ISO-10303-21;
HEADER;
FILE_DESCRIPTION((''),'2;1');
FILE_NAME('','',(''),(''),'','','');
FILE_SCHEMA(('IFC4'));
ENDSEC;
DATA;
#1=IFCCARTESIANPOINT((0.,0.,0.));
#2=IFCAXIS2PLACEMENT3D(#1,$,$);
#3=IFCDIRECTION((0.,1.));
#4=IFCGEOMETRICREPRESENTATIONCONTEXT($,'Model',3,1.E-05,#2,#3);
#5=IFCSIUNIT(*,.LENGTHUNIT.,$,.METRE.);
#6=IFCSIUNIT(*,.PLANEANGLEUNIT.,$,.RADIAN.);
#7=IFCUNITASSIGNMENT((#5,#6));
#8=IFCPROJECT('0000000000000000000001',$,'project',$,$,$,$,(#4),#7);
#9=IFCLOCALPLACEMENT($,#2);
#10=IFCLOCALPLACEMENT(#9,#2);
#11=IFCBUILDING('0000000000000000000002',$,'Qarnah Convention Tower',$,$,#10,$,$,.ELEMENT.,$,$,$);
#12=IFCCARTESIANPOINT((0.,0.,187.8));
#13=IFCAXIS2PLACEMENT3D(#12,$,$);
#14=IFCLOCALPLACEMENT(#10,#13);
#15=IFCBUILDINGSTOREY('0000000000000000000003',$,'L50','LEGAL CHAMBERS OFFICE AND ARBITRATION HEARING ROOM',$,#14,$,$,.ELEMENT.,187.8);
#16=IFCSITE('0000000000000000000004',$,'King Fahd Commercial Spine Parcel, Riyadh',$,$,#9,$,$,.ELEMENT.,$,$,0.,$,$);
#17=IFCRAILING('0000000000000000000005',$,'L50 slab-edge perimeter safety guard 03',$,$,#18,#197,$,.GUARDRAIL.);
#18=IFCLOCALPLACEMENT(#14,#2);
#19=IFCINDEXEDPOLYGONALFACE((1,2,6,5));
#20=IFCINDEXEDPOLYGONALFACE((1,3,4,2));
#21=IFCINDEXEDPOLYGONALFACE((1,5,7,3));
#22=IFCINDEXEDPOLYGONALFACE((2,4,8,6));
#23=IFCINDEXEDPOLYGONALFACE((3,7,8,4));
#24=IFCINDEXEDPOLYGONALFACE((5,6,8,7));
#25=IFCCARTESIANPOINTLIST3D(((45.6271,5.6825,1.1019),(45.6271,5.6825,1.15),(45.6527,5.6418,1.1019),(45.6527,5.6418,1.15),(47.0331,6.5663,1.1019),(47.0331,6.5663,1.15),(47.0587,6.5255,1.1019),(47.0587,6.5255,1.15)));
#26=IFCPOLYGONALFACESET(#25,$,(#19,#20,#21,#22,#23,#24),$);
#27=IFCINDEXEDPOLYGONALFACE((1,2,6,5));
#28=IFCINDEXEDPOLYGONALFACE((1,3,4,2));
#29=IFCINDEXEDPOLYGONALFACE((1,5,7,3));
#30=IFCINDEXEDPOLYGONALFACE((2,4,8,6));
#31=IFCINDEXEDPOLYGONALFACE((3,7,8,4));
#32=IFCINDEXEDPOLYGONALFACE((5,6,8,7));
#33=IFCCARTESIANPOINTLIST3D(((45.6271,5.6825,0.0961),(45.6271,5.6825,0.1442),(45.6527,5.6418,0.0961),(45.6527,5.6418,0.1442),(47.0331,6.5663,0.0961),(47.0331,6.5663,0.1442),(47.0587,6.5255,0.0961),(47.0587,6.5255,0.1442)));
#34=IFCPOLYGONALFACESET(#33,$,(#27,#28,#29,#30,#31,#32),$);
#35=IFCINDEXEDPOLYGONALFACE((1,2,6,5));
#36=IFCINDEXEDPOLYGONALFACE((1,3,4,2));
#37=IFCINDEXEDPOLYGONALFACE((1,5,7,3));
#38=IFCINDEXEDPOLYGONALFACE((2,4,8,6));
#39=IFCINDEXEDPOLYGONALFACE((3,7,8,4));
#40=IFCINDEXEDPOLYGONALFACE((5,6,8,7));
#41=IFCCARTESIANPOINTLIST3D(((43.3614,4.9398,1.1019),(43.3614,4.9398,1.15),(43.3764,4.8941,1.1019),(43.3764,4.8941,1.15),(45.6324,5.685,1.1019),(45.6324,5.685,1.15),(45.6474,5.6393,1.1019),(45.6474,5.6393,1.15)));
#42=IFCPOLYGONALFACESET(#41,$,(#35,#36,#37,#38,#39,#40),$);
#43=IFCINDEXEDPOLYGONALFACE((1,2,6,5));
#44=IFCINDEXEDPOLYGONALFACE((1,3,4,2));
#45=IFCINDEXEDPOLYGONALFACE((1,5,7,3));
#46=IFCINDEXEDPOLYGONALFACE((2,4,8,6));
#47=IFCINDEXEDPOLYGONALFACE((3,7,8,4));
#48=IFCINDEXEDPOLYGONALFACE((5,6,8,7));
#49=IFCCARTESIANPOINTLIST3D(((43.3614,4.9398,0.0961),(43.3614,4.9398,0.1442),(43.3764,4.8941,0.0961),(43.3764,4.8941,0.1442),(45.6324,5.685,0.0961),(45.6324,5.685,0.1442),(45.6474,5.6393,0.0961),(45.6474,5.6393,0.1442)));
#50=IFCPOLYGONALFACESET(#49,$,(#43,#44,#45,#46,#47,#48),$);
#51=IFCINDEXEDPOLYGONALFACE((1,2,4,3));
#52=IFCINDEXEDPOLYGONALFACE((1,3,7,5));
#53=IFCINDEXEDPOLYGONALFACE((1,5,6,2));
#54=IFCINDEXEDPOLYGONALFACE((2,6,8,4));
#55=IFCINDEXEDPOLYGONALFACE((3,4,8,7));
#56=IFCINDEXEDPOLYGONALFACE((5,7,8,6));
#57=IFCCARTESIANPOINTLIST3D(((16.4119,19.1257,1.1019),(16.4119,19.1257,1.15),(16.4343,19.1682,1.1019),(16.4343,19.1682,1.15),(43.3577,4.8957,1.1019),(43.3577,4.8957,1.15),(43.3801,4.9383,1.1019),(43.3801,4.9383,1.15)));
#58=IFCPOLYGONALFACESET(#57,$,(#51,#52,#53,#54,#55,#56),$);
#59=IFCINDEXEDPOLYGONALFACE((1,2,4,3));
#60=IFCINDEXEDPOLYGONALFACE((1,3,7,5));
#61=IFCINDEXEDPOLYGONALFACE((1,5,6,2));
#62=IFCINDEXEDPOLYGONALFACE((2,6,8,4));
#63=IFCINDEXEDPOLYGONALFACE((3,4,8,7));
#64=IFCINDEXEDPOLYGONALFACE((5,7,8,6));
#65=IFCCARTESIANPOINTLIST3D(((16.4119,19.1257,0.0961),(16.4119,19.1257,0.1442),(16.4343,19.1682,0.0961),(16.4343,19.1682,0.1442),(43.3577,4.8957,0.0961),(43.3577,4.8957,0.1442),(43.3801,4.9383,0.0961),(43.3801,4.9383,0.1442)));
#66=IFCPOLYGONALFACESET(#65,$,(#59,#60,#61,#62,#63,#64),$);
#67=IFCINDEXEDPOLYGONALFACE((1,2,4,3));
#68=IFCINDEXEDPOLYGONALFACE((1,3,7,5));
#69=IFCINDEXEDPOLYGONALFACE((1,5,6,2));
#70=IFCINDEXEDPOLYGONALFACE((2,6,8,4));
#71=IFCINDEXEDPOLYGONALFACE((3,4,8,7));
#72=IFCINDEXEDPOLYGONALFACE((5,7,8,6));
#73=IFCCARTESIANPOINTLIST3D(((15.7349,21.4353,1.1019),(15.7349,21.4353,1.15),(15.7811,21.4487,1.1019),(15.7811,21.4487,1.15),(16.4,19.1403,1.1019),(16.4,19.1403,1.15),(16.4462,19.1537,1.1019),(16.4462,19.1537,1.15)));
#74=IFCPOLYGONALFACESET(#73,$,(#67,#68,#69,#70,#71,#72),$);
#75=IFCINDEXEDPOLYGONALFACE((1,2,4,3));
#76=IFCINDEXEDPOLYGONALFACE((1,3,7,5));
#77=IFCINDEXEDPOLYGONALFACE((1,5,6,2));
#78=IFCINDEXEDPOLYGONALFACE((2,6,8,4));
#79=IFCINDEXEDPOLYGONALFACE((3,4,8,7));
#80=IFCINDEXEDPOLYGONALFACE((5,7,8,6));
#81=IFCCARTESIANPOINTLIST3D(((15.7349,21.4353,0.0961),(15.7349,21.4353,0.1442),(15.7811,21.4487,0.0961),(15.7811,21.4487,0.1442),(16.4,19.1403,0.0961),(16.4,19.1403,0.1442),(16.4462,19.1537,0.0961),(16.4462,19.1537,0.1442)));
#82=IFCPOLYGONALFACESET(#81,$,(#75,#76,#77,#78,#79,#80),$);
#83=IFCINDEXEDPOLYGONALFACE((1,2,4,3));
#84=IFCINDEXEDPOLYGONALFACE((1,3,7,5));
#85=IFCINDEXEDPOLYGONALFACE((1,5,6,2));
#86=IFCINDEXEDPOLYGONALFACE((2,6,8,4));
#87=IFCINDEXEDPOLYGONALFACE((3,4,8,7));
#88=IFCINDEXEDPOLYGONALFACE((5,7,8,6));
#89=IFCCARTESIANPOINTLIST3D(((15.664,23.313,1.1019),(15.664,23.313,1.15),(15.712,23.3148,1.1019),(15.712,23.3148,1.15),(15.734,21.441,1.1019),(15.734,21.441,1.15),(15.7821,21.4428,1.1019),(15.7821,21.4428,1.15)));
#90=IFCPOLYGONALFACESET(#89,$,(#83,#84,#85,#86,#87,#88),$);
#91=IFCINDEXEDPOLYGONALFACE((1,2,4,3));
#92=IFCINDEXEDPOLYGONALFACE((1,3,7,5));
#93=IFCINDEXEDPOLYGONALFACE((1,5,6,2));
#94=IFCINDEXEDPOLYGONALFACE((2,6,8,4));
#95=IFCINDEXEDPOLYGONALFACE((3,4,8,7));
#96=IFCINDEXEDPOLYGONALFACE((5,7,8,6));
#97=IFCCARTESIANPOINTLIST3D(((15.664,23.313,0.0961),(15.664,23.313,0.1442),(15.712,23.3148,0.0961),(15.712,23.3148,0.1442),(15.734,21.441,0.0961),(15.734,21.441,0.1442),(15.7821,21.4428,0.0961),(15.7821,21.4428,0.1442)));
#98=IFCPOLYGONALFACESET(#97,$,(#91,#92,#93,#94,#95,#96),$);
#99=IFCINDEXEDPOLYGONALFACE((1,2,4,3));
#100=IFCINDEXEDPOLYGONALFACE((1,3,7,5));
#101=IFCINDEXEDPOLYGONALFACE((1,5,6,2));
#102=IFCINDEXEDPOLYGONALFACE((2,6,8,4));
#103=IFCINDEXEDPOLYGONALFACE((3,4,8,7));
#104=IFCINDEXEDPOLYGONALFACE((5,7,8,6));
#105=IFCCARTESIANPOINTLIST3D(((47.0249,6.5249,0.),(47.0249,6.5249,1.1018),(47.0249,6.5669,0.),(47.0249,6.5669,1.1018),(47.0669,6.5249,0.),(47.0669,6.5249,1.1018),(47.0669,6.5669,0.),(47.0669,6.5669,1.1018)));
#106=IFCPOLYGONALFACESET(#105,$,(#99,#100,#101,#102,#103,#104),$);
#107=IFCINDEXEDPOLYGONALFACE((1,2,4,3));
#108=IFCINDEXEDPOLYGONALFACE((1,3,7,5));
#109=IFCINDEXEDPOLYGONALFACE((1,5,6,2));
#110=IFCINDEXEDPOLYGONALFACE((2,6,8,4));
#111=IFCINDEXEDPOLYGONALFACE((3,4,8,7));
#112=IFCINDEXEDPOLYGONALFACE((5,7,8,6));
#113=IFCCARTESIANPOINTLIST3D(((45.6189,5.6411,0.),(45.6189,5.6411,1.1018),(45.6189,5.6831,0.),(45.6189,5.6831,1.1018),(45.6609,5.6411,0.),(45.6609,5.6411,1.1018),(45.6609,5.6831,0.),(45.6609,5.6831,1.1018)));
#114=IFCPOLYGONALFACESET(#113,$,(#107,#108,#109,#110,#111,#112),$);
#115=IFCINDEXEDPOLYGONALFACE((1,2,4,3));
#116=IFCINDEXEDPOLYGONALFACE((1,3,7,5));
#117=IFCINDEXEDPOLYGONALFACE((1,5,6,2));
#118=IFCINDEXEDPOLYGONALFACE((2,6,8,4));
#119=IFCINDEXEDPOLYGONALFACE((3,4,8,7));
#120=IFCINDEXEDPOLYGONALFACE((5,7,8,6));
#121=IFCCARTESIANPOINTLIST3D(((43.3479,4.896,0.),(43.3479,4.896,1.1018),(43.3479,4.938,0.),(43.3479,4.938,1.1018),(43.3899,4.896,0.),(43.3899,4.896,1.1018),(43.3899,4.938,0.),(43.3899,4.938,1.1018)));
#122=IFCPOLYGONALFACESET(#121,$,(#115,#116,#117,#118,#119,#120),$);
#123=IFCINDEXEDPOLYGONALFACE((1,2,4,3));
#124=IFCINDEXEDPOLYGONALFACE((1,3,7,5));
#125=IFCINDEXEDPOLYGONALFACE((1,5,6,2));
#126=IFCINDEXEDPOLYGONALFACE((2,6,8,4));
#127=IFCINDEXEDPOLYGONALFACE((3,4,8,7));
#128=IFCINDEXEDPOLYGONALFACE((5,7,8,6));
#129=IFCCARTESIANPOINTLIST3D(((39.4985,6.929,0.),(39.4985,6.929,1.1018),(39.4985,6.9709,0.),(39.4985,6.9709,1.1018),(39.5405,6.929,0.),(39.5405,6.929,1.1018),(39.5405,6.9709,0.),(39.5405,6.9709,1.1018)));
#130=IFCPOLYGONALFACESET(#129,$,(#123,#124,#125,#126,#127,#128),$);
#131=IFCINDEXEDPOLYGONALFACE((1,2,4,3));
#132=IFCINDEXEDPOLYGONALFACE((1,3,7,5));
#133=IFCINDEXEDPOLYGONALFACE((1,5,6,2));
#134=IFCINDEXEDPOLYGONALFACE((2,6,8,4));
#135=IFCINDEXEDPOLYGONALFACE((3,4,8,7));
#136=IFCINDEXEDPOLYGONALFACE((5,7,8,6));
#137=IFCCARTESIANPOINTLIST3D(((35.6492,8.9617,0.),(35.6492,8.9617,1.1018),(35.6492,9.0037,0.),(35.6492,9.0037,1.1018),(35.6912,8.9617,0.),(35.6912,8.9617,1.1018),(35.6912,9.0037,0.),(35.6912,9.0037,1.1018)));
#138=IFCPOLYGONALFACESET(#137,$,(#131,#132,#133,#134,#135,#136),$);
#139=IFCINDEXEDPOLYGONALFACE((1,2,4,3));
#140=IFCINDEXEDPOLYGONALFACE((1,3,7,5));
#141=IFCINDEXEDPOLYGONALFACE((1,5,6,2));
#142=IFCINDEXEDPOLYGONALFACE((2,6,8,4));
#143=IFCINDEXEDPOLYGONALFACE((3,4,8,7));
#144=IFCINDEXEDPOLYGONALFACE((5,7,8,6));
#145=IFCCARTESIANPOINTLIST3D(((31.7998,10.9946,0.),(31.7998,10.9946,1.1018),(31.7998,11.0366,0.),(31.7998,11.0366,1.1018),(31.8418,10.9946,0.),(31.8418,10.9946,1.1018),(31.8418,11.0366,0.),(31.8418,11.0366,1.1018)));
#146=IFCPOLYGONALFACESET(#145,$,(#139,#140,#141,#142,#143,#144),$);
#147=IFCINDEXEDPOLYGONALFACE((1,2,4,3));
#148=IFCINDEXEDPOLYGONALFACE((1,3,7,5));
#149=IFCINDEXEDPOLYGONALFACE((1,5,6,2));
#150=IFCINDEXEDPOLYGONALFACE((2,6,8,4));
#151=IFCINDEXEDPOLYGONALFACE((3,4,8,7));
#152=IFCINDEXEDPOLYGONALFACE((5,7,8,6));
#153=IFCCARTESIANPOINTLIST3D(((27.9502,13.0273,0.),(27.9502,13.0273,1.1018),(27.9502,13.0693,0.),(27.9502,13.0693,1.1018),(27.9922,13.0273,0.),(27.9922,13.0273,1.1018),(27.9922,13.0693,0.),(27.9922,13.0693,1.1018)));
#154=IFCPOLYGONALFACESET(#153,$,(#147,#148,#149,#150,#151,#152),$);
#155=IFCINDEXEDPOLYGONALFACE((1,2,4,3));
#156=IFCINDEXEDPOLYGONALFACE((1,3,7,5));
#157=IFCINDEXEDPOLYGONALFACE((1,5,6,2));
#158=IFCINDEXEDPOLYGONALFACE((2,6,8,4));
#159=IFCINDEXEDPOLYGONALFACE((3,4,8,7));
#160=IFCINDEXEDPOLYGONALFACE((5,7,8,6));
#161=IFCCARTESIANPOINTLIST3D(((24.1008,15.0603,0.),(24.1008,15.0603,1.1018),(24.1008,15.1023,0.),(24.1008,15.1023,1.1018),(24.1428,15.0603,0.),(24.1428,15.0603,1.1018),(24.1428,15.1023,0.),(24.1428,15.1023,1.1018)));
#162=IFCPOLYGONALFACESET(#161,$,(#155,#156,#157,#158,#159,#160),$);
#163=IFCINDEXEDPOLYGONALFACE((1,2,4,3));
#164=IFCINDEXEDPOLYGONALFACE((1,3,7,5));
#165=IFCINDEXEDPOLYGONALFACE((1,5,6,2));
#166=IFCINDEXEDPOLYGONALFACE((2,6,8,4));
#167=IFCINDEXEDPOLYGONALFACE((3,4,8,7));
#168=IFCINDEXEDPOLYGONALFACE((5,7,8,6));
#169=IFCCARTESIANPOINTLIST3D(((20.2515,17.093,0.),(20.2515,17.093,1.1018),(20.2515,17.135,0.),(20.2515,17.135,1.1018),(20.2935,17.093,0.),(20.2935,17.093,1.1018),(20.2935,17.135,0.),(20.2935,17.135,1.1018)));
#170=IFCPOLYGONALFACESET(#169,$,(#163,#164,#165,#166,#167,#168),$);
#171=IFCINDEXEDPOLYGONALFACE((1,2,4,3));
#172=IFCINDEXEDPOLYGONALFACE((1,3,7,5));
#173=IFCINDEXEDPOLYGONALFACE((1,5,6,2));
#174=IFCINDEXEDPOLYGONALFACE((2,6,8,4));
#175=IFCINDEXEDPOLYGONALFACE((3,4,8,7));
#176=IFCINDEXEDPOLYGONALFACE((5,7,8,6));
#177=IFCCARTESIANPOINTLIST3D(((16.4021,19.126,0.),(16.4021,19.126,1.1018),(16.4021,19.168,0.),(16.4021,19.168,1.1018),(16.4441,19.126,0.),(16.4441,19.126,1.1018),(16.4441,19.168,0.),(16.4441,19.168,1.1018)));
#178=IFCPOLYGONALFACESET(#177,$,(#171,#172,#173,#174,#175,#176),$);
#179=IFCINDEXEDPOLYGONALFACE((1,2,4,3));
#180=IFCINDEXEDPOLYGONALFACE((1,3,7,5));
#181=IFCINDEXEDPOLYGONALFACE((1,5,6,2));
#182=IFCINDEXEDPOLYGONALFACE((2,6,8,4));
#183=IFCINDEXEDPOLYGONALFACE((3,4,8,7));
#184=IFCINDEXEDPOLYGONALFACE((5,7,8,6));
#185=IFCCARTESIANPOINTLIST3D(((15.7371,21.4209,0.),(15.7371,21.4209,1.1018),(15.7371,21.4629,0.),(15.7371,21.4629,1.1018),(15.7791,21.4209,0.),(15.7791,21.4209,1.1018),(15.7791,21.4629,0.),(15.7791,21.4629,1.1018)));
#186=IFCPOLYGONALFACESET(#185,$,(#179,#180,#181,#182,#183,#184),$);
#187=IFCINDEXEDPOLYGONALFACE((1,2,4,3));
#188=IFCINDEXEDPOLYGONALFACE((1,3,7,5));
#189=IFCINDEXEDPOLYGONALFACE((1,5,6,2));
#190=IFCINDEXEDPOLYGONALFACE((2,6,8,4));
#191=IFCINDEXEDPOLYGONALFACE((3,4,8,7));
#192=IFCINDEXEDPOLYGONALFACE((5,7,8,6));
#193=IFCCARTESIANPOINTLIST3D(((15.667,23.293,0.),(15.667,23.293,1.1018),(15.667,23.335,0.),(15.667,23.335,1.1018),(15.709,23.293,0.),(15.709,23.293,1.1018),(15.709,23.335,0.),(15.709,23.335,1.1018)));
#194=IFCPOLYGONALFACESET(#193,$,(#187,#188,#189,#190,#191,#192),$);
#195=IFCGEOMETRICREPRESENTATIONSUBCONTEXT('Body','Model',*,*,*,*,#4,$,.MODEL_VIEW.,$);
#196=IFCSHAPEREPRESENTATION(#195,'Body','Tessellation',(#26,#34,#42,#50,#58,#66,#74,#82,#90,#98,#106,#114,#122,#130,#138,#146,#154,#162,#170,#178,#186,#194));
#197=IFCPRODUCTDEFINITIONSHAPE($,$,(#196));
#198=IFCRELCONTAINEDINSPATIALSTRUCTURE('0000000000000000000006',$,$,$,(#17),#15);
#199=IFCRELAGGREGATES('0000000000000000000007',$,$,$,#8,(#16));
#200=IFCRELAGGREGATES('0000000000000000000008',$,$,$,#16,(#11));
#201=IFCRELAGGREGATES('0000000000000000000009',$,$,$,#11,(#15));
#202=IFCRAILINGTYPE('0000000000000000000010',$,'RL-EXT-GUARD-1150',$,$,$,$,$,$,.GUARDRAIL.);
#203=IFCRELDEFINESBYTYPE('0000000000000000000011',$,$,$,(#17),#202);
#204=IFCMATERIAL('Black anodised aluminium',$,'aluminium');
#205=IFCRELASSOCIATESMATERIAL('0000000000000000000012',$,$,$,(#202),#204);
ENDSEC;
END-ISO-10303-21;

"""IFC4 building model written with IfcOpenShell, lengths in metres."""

from ifc_helpers import new_model, si_unit, direction, frame, origin, origin_2d, place, context, subcontext, project, spatial, rectangle, extrude, material, type_object, element, save


model = new_model("IFC4")

# Units and contexts
model_context = context("Model", 3, precision=1e-05, world=origin(), true_north=direction((0.0, 1.0)))
body_context = subcontext(model_context, "Body", "Model", "MODEL_VIEW")
ifc_project = project(units=[si_unit("LENGTHUNIT", "METRE"), si_unit("PLANEANGLEUNIT", "RADIAN")], contexts=[model_context])

# Site, building, storey
site_placement = place(None, origin())
site = spatial("IfcSite", under=ifc_project, at=site_placement, Name="King Fahd Commercial Spine Parcel, Riyadh", CompositionType="ELEMENT", RefElevation=0.0)
building_placement = place(site_placement, origin())
building = spatial("IfcBuilding", under=site, at=building_placement, Name="Qarnah Convention Tower", CompositionType="ELEMENT")
storey_placement = place(building_placement, frame((0.0, 0.0, 187.8)))
storey = spatial("IfcBuildingStorey", under=building, at=storey_placement, Name="L50", Description="LEGAL CHAMBERS OFFICE AND ARBITRATION HEARING ROOM", CompositionType="ELEMENT", Elevation=187.8)

# Shared definitions
ifc_material_1 = material(Name="Black anodised aluminium", Category="aluminium")

# Railing
railing_type = type_object("IfcRailingType", Name="RL-EXT-GUARD-1150", PredefinedType="GUARDRAIL", material=ifc_material_1)
railing_1_placement = place(storey_placement, frame((47.0459, 6.5459, 0.0)))
element("IfcRailing", 1, at=railing_1_placement, inside=storey, type_object=railing_type, Name="L50 slab-edge perimeter safety guard 03", PredefinedType="GUARDRAIL", context=body_context, shape_type="SweptSolid", body=[
    extrude(rectangle(XDim=0.0481, YDim=0.0481, at=origin_2d()), frame((0.0, 0.0, 1.126), z_axis=(-0.846633, -0.532178, 0.0), x_axis=(0.532178, -0.846633, 0.0)), (0.0, 0.0, 1.0), 1.6606),
    extrude(rectangle(XDim=0.0481, YDim=0.0481, at=origin_2d()), frame((0.0, 0.0, 0.1201), z_axis=(-0.846633, -0.532178, 0.0), x_axis=(0.532178, -0.846633, 0.0)), (0.0, 0.0, 1.0), 1.6606),
    extrude(rectangle(XDim=0.0481, YDim=0.0481, at=origin_2d()), frame((-1.406, -0.8838, 1.126), z_axis=(-0.950164, -0.31175, 0.0), x_axis=(0.31175, -0.950164, 0.0)), (0.0, 0.0, 1.0), 2.3901),
    extrude(rectangle(XDim=0.0481, YDim=0.0481, at=origin_2d()), frame((-1.406, -0.8838, 0.1201), z_axis=(-0.950164, -0.31175, 0.0), x_axis=(0.31175, -0.950164, 0.0)), (0.0, 0.0, 1.0), 2.3901),
    extrude(rectangle(XDim=0.0481, YDim=0.0481, at=origin_2d()), frame((-3.677, -1.6289, 1.126), z_axis=(-0.884268, 0.466979, 0.0), x_axis=(-0.466979, -0.884268, 0.0)), (0.0, 0.0, 1.0), 30.4724),
    extrude(rectangle(XDim=0.0481, YDim=0.0481, at=origin_2d()), frame((-3.677, -1.6289, 0.1201), z_axis=(-0.884268, 0.466979, 0.0), x_axis=(-0.466979, -0.884268, 0.0)), (0.0, 0.0, 1.0), 30.4724),
    extrude(rectangle(XDim=0.0481, YDim=0.0481, at=origin_2d()), frame((-30.6228, 12.6011, 1.126), z_axis=(-0.278336, 0.960484, 0.0), x_axis=(-0.960484, -0.278336, 0.0)), (0.0, 0.0, 1.0), 2.3894),
    extrude(rectangle(XDim=0.0481, YDim=0.0481, at=origin_2d()), frame((-30.6228, 12.6011, 0.1201), z_axis=(-0.278336, 0.960484, 0.0), x_axis=(-0.960484, -0.278336, 0.0)), (0.0, 0.0, 1.0), 2.3894),
    extrude(rectangle(XDim=0.0481, YDim=0.0481, at=origin_2d()), frame((-31.2878, 14.896, 1.126), z_axis=(-0.037402, 0.9993, 0.0), x_axis=(-0.9993, -0.037402, 0.0)), (0.0, 0.0, 1.0), 1.8733),
    extrude(rectangle(XDim=0.0481, YDim=0.0481, at=origin_2d()), frame((-31.2878, 14.896, 0.1201), z_axis=(-0.037402, 0.9993, 0.0), x_axis=(-0.9993, -0.037402, 0.0)), (0.0, 0.0, 1.0), 1.8733),
    extrude(rectangle(XDim=0.042, YDim=0.042, at=origin_2d()), origin(), (0.0, 0.0, 1.0), 1.1018),
    extrude(rectangle(XDim=0.042, YDim=0.042, at=origin_2d()), frame((-1.406, -0.8838, 0.0)), (0.0, 0.0, 1.0), 1.1018),
    extrude(rectangle(XDim=0.042, YDim=0.042, at=origin_2d()), frame((-3.677, -1.6289, 0.0)), (0.0, 0.0, 1.0), 1.1018),
    extrude(rectangle(XDim=0.042, YDim=0.042, at=origin_2d()), frame((-7.5264, 0.4041, 0.0)), (0.0, 0.0, 1.0), 1.1018),
    extrude(rectangle(XDim=0.042, YDim=0.042, at=origin_2d()), frame((-11.3757, 2.4368, 0.0)), (0.0, 0.0, 1.0), 1.1018),
    extrude(rectangle(XDim=0.042, YDim=0.042, at=origin_2d()), frame((-15.2251, 4.4697, 0.0)), (0.0, 0.0, 1.0), 1.1018),
    extrude(rectangle(XDim=0.042, YDim=0.042, at=origin_2d()), frame((-19.0747, 6.5024, 0.0)), (0.0, 0.0, 1.0), 1.1018),
    extrude(rectangle(XDim=0.042, YDim=0.042, at=origin_2d()), frame((-22.9241, 8.5354, 0.0)), (0.0, 0.0, 1.0), 1.1018),
    extrude(rectangle(XDim=0.042, YDim=0.042, at=origin_2d()), frame((-26.7734, 10.5681, 0.0)), (0.0, 0.0, 1.0), 1.1018),
    extrude(rectangle(XDim=0.042, YDim=0.042, at=origin_2d()), frame((-30.6228, 12.6011, 0.0)), (0.0, 0.0, 1.0), 1.1018),
    extrude(rectangle(XDim=0.042, YDim=0.042, at=origin_2d()), frame((-31.2878, 14.896, 0.0)), (0.0, 0.0, 1.0), 1.1018),
    extrude(rectangle(XDim=0.042, YDim=0.042, at=origin_2d()), frame((-31.3579, 16.7681, 0.0)), (0.0, 0.0, 1.0), 1.1018),
])

save(model, "model.ifc")
